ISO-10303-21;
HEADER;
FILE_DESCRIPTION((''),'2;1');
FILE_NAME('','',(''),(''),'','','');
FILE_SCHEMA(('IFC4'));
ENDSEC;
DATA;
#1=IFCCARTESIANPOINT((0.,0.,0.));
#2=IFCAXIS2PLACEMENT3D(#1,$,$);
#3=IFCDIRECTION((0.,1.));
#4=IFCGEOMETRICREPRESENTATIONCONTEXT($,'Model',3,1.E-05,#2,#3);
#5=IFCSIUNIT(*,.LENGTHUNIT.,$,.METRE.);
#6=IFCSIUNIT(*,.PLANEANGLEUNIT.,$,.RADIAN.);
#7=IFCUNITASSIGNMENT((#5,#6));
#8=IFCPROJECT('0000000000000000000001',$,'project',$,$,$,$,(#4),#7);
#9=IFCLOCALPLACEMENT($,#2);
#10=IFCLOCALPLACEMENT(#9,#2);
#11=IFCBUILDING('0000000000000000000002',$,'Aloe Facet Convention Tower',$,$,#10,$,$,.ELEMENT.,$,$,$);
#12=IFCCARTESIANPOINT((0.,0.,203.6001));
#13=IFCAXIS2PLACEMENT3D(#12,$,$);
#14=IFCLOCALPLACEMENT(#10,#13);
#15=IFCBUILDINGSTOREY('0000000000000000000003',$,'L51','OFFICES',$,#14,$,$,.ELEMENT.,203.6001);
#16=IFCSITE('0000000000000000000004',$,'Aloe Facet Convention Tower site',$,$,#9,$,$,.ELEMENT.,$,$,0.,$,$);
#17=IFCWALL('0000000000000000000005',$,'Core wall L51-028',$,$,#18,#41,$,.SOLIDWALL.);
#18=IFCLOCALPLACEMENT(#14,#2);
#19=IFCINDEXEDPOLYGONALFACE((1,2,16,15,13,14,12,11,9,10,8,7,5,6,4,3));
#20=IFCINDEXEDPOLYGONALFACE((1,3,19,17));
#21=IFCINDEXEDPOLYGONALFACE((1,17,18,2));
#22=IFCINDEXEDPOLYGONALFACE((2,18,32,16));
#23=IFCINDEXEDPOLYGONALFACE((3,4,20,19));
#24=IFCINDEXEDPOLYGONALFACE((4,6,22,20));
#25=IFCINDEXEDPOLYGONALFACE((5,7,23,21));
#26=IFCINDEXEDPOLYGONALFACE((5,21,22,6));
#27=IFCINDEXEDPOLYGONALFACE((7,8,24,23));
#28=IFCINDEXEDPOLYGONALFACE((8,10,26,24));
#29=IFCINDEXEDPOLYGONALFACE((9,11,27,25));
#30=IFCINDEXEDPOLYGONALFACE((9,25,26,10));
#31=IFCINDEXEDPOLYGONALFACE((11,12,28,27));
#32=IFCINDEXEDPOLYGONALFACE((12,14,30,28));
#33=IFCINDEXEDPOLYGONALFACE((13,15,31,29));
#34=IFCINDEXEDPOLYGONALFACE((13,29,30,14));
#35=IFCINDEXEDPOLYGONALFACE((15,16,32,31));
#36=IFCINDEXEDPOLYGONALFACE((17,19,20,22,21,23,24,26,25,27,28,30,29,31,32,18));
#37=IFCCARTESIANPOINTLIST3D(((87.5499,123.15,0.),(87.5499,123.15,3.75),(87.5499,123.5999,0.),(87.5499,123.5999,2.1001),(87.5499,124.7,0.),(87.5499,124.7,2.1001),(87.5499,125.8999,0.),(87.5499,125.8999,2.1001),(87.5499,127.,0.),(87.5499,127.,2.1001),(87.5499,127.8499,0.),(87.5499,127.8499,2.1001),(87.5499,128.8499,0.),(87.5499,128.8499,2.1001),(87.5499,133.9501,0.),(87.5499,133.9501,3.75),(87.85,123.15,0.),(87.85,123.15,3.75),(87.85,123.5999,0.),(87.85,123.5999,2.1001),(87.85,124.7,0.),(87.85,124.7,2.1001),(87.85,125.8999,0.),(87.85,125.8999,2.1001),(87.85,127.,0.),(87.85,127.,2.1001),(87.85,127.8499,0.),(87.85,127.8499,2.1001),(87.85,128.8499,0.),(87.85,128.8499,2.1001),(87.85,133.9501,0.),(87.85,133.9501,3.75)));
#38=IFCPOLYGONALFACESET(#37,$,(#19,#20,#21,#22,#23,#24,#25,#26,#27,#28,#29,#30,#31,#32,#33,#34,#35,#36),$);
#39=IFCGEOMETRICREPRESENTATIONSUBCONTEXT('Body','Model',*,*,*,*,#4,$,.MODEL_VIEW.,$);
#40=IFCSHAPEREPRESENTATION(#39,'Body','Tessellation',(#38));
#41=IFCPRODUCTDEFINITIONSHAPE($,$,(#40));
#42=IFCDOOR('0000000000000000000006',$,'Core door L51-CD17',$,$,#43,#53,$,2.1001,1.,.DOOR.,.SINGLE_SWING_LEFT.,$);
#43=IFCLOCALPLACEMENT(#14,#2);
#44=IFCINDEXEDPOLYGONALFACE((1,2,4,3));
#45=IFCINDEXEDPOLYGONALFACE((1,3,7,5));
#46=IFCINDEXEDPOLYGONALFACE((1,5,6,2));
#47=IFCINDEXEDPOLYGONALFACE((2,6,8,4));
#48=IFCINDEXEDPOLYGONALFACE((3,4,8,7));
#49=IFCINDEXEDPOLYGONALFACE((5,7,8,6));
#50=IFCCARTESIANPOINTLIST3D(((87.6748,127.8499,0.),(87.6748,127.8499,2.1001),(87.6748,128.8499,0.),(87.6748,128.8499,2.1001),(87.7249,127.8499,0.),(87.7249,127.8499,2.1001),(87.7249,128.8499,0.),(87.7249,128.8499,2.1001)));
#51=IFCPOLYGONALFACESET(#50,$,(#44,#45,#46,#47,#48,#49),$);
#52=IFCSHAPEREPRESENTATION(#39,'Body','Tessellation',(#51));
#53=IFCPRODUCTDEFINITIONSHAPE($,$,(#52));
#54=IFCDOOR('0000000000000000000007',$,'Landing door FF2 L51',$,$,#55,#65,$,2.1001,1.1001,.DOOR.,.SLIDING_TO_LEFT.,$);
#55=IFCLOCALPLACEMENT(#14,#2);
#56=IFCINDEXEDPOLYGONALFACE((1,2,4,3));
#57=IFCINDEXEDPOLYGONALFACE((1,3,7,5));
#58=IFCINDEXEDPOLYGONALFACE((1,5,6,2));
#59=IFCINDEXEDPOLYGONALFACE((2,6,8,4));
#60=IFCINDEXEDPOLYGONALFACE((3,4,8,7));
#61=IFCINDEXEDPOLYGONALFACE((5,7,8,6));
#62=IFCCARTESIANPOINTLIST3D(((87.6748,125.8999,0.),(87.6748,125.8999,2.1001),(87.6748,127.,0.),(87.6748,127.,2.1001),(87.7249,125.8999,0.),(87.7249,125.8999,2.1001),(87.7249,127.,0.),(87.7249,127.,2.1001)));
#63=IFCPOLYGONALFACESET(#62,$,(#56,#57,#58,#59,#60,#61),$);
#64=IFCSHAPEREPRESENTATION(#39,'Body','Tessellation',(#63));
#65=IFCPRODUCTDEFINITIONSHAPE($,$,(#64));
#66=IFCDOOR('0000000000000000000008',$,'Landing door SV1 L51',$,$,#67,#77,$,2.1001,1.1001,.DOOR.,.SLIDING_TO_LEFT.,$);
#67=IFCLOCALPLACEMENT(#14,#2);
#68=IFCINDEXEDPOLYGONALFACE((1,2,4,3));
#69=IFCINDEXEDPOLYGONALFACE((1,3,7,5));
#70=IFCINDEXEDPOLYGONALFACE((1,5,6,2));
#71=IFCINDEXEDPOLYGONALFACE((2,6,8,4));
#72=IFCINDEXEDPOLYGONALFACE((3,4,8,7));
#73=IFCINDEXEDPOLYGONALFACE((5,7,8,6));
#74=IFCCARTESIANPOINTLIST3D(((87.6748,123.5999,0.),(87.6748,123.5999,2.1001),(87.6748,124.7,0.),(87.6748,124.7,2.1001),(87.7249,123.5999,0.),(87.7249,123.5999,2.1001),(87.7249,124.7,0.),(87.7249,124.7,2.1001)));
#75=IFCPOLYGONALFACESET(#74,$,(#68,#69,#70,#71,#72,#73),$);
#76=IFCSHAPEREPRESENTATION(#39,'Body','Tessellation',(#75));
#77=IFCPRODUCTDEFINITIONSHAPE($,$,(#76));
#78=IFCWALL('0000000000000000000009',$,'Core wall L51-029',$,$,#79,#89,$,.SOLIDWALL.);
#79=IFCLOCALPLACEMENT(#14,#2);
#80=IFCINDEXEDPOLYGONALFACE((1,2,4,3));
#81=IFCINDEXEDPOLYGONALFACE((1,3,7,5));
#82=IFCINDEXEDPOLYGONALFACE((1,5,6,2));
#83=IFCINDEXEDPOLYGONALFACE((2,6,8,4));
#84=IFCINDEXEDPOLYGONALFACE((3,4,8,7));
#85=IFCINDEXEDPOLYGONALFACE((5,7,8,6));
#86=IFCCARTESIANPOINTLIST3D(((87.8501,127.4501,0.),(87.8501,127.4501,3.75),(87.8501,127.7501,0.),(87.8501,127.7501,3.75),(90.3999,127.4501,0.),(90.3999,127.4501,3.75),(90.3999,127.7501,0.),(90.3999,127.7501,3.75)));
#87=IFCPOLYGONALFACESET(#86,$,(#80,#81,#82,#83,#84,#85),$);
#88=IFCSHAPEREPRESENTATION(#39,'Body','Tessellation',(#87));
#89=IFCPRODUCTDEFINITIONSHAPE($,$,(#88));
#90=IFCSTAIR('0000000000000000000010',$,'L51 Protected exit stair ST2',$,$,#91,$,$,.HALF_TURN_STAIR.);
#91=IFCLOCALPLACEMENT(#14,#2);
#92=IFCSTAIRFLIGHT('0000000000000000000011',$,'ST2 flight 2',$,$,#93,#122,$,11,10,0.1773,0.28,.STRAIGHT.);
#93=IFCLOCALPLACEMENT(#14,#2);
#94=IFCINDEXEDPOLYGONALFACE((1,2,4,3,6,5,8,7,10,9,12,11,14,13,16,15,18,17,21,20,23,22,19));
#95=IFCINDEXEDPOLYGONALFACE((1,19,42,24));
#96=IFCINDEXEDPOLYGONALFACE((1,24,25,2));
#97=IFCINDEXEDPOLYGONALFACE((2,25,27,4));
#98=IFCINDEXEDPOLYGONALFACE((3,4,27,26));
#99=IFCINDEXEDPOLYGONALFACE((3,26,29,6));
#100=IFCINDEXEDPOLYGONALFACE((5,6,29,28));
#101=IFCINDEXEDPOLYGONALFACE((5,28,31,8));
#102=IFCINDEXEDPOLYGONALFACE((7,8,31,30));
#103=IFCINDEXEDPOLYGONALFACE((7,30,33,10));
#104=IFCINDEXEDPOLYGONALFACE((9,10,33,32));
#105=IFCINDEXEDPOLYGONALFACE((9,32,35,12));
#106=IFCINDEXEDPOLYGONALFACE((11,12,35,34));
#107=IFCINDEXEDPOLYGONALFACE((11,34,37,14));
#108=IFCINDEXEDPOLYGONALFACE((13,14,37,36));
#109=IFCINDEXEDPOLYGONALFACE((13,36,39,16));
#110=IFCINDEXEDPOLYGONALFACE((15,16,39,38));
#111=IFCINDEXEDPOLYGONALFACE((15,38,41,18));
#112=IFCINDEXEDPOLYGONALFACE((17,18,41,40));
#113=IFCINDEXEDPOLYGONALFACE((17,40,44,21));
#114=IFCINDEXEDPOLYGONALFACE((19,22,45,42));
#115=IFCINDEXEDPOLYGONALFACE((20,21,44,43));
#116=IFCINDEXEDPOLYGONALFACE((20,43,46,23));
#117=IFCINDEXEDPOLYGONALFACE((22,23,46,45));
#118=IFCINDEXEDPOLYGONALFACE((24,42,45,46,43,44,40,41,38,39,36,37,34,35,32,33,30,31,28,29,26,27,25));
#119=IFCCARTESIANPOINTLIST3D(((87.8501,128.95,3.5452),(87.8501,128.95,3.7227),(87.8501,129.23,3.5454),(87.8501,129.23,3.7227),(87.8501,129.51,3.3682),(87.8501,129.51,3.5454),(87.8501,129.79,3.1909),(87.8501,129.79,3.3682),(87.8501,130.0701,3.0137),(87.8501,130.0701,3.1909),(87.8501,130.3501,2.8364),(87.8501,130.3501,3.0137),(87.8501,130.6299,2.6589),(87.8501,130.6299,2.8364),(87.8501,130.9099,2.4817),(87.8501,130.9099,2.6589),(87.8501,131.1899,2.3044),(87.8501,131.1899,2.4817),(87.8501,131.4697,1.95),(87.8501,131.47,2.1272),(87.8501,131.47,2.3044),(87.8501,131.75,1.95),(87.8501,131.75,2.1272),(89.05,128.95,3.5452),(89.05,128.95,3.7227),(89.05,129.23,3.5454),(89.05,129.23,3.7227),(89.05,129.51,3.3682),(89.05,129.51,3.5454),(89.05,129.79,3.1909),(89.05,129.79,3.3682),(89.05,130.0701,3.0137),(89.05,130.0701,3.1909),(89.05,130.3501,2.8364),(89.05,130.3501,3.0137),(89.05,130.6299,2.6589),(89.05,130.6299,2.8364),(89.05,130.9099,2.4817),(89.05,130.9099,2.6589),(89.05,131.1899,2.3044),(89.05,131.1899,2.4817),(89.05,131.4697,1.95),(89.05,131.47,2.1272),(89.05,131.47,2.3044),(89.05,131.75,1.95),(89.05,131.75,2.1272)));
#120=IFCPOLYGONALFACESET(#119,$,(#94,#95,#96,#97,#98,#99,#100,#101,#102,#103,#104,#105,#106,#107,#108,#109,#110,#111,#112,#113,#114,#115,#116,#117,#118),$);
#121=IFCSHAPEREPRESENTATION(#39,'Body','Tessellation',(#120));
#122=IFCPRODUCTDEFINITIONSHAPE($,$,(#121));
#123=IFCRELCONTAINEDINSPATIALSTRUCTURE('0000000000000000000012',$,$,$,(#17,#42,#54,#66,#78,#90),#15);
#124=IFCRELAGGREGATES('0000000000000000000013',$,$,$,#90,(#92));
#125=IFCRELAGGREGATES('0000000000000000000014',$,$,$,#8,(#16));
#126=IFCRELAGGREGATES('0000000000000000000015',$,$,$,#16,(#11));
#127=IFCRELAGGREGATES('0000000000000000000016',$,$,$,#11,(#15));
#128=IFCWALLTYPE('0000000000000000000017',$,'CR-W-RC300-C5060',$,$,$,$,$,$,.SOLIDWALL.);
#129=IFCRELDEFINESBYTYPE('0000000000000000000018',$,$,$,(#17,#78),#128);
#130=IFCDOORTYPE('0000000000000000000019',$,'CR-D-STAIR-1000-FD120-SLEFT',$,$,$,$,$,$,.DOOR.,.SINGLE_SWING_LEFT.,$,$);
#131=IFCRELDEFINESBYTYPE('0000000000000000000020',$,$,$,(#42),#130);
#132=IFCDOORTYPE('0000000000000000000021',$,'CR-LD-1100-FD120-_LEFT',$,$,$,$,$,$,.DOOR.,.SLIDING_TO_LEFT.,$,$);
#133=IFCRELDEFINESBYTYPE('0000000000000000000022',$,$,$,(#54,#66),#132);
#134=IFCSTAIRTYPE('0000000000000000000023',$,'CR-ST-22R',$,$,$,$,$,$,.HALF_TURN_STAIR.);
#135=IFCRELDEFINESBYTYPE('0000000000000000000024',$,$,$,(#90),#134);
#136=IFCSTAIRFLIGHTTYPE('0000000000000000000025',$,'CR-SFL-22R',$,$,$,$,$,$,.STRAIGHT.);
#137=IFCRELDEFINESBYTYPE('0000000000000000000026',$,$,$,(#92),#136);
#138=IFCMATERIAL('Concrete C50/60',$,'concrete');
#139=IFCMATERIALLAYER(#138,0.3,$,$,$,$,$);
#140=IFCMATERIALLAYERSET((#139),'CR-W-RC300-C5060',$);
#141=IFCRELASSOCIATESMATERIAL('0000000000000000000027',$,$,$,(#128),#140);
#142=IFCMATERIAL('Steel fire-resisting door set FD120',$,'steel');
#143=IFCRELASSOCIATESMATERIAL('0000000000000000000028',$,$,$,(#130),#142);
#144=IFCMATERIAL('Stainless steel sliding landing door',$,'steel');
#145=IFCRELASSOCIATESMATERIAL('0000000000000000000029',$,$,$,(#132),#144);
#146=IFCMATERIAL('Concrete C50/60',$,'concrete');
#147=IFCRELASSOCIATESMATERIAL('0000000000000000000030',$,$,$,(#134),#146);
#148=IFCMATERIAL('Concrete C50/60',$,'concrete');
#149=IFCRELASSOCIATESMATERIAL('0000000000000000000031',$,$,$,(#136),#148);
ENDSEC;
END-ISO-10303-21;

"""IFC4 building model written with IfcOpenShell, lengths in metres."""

from ifc_helpers import new_model, si_unit, direction, frame, frame_2d, origin, place, context, subcontext, project, spatial, polyline, rectangle, outline, extrude, material, layer, layer_set, type_object, element, fill, aggregate, save


model = new_model("IFC4")

# Units and contexts
model_context = context("Model", 3, precision=1e-05, world=origin(), true_north=direction((0.0, 1.0)))
body_context = subcontext(model_context, "Body", "Model", "MODEL_VIEW")
ifc_project = project(units=[si_unit("LENGTHUNIT", "METRE"), si_unit("PLANEANGLEUNIT", "RADIAN")], contexts=[model_context])

# Site, building, storey
site_placement = place(None, origin())
site = spatial("IfcSite", under=ifc_project, at=site_placement, Name="Aloe Facet Convention Tower site", CompositionType="ELEMENT", RefElevation=0.0)
building_placement = place(site_placement, origin())
building = spatial("IfcBuilding", under=site, at=building_placement, Name="Aloe Facet Convention Tower", CompositionType="ELEMENT")
storey_placement = place(building_placement, frame((0.0, 0.0, 203.6001)))
storey = spatial("IfcBuildingStorey", under=building, at=storey_placement, Name="L51", Description="OFFICES", CompositionType="ELEMENT", Elevation=203.6001)

# Shared definitions
ifc_material_1 = material(Name="Concrete C50/60", Category="concrete")
ifc_layer_1 = layer(ifc_material_1, 0.3)
ifc_layer_set_1 = layer_set([ifc_layer_1], Name="CR-W-RC300-C5060")
wall_type_1 = type_object("IfcWallType", Name="CR-W-RC300-C5060", PredefinedType="SOLIDWALL", material=ifc_layer_set_1)

# Wall, openings, doors
wall_1_placement = place(storey_placement, frame((87.7, 133.95, 0.0), z_axis=(0.0, 0.0, 1.0), x_axis=(0.0, -1.0, 0.0)))
wall_1 = element("IfcWall", 1, at=wall_1_placement, inside=storey, type_object=wall_type_1, Name="Core wall L51-028", PredefinedType="SOLIDWALL", context=body_context, shape_type="SweptSolid", body=[
    extrude(rectangle(XDim=10.8, YDim=0.3, at=frame_2d((5.3999, 0.0))), origin(), (0.0, 0.0, 1.0), 3.75),
])
opening_1_placement = place(wall_1_placement, frame((6.95, 0.0, 0.0)))
opening_1 = element("IfcOpeningElement", 2, at=opening_1_placement, cuts=wall_1, PredefinedType="OPENING", context=body_context, shape_type="SweptSolid", body=[
    extrude(rectangle(XDim=1.1001, YDim=2.1001, at=frame_2d((0.55, 1.05))), frame((0.0, 0.1602, 0.0), z_axis=(0.0, -1.0, 0.0), x_axis=(1.0, 0.0, 0.0)), (0.0, 0.0, 1.0), 0.3201),
])
opening_2_placement = place(wall_1_placement, frame((5.1001, 0.0, 0.0)))
opening_2 = element("IfcOpeningElement", 3, at=opening_2_placement, cuts=wall_1, PredefinedType="OPENING", context=body_context, shape_type="SweptSolid", body=[
    extrude(rectangle(XDim=1.0, YDim=2.1001, at=frame_2d((0.5, 1.05))), frame((0.0, 0.1602, 0.0), z_axis=(0.0, -1.0, 0.0), x_axis=(1.0, 0.0, 0.0)), (0.0, 0.0, 1.0), 0.3201),
])
opening_3_placement = place(wall_1_placement, frame((9.25, 0.0, 0.0)))
opening_3 = element("IfcOpeningElement", 4, at=opening_3_placement, cuts=wall_1, PredefinedType="OPENING", context=body_context, shape_type="SweptSolid", body=[
    extrude(rectangle(XDim=1.1001, YDim=2.1001, at=frame_2d((0.55, 1.05))), frame((0.0, 0.1602, 0.0), z_axis=(0.0, -1.0, 0.0), x_axis=(1.0, 0.0, 0.0)), (0.0, 0.0, 1.0), 0.3201),
])
ifc_material_2 = material(Name="Steel fire-resisting door set FD120", Category="steel")
door_type_1 = type_object("IfcDoorType", Name="CR-D-STAIR-1000-FD120-SLEFT", OperationType="SINGLE_SWING_LEFT", PredefinedType="DOOR", material=ifc_material_2)
door_1_placement = place(opening_2_placement, origin())
door_1 = element("IfcDoor", 5, at=door_1_placement, inside=storey, type_object=door_type_1, Name="Core door L51-CD17", OperationType="SINGLE_SWING_LEFT", OverallHeight=2.1001, OverallWidth=1.0, PredefinedType="DOOR", context=body_context, shape_type="SweptSolid", body=[
    extrude(rectangle(XDim=1.0, YDim=2.1001, at=frame_2d((0.5, 1.05))), frame((0.0, 0.0249, 0.0), z_axis=(0.0, -1.0, 0.0), x_axis=(1.0, 0.0, 0.0)), (0.0, 0.0, 1.0), 0.05),
])
fill(opening_2, door_1)
ifc_material_3 = material(Name="Stainless steel sliding landing door", Category="steel")
door_type_2 = type_object("IfcDoorType", Name="CR-LD-1100-FD120-_LEFT", OperationType="SLIDING_TO_LEFT", PredefinedType="DOOR", material=ifc_material_3)
door_2_placement = place(opening_1_placement, origin())
door_2 = element("IfcDoor", 6, at=door_2_placement, inside=storey, type_object=door_type_2, Name="Landing door FF2 L51", OperationType="SLIDING_TO_LEFT", OverallHeight=2.1001, OverallWidth=1.1001, PredefinedType="DOOR", context=body_context, shape_type="SweptSolid", body=[
    extrude(rectangle(XDim=1.1001, YDim=2.1001, at=frame_2d((0.55, 1.05))), frame((0.0, 0.0249, 0.0), z_axis=(0.0, -1.0, 0.0), x_axis=(1.0, 0.0, 0.0)), (0.0, 0.0, 1.0), 0.05),
])
fill(opening_1, door_2)
door_3_placement = place(opening_3_placement, origin())
door_3 = element("IfcDoor", 7, at=door_3_placement, inside=storey, type_object=door_type_2, Name="Landing door SV1 L51", OperationType="SLIDING_TO_LEFT", OverallHeight=2.1001, OverallWidth=1.1001, PredefinedType="DOOR", context=body_context, shape_type="SweptSolid", body=[
    extrude(rectangle(XDim=1.1001, YDim=2.1001, at=frame_2d((0.55, 1.05))), frame((0.0, 0.0249, 0.0), z_axis=(0.0, -1.0, 0.0), x_axis=(1.0, 0.0, 0.0)), (0.0, 0.0, 1.0), 0.05),
])
fill(opening_3, door_3)

# Wall
wall_2_placement = place(storey_placement, frame((87.8501, 127.6001, 0.0), z_axis=(0.0, 0.0, 1.0), x_axis=(1.0, 0.0, 0.0)))
element("IfcWall", 8, at=wall_2_placement, inside=storey, type_object=wall_type_1, Name="Core wall L51-029", PredefinedType="SOLIDWALL", context=body_context, shape_type="SweptSolid", body=[
    extrude(rectangle(XDim=2.5498, YDim=0.3, at=frame_2d((1.2749, 0.0))), origin(), (0.0, 0.0, 1.0), 3.75),
])

# Stair, stair flight
ifc_material_4 = material(Name="Concrete C50/60", Category="concrete")
stair_type = type_object("IfcStairType", Name="CR-ST-22R", PredefinedType="HALF_TURN_STAIR", material=ifc_material_4)
stair_placement = place(storey_placement, origin())
stair = element("IfcStair", 9, at=stair_placement, inside=storey, type_object=stair_type, Name="L51 Protected exit stair ST2", PredefinedType="HALF_TURN_STAIR")
ifc_material_5 = material(Name="Concrete C50/60", Category="concrete")
stair_flight_type = type_object("IfcStairFlightType", Name="CR-SFL-22R", PredefinedType="STRAIGHT", material=ifc_material_5)
stair_flight_placement = place(storey_placement, frame((88.45, 131.75, 1.95), z_axis=(0.0, 0.0, 1.0), x_axis=(0.0, -1.0, 0.0)))
stair_flight = element("IfcStairFlight", 10, at=stair_flight_placement, type_object=stair_flight_type, Name="ST2 flight 2", NumberOfRisers=11, NumberOfTreads=10, PredefinedType="STRAIGHT", RiserHeight=0.1773, TreadLength=0.28, context=body_context, shape_type="SweptSolid", body=[
    extrude(outline(polyline([(0.0, 0.0), (0.0, 0.1772), (0.28, 0.1772), (0.28, 0.3545), (0.5601, 0.3545), (0.5601, 0.5317), (0.8401, 0.5317), (0.8401, 0.709), (1.1201, 0.709), (1.1201, 0.8865), (1.3999, 0.8865), (1.3999, 1.0637), (1.6799, 1.0637), (1.6799, 1.241), (1.96, 1.241), (1.96, 1.4182), (2.24, 1.4182), (2.24, 1.5955), (2.52, 1.5955), (2.52, 1.7727), (2.8, 1.7727), (2.8, 1.95), (2.8, 1.5952), (0.2803, 0.0), (0.0, 0.0)])), frame((0.0, 0.6001, 0.0), z_axis=(0.0, -1.0, 0.0), x_axis=(1.0, 0.0, 0.0)), (0.0, 0.0, 1.0), 1.2),
])
aggregate(stair, [stair_flight])

save(model, "model.ifc")
